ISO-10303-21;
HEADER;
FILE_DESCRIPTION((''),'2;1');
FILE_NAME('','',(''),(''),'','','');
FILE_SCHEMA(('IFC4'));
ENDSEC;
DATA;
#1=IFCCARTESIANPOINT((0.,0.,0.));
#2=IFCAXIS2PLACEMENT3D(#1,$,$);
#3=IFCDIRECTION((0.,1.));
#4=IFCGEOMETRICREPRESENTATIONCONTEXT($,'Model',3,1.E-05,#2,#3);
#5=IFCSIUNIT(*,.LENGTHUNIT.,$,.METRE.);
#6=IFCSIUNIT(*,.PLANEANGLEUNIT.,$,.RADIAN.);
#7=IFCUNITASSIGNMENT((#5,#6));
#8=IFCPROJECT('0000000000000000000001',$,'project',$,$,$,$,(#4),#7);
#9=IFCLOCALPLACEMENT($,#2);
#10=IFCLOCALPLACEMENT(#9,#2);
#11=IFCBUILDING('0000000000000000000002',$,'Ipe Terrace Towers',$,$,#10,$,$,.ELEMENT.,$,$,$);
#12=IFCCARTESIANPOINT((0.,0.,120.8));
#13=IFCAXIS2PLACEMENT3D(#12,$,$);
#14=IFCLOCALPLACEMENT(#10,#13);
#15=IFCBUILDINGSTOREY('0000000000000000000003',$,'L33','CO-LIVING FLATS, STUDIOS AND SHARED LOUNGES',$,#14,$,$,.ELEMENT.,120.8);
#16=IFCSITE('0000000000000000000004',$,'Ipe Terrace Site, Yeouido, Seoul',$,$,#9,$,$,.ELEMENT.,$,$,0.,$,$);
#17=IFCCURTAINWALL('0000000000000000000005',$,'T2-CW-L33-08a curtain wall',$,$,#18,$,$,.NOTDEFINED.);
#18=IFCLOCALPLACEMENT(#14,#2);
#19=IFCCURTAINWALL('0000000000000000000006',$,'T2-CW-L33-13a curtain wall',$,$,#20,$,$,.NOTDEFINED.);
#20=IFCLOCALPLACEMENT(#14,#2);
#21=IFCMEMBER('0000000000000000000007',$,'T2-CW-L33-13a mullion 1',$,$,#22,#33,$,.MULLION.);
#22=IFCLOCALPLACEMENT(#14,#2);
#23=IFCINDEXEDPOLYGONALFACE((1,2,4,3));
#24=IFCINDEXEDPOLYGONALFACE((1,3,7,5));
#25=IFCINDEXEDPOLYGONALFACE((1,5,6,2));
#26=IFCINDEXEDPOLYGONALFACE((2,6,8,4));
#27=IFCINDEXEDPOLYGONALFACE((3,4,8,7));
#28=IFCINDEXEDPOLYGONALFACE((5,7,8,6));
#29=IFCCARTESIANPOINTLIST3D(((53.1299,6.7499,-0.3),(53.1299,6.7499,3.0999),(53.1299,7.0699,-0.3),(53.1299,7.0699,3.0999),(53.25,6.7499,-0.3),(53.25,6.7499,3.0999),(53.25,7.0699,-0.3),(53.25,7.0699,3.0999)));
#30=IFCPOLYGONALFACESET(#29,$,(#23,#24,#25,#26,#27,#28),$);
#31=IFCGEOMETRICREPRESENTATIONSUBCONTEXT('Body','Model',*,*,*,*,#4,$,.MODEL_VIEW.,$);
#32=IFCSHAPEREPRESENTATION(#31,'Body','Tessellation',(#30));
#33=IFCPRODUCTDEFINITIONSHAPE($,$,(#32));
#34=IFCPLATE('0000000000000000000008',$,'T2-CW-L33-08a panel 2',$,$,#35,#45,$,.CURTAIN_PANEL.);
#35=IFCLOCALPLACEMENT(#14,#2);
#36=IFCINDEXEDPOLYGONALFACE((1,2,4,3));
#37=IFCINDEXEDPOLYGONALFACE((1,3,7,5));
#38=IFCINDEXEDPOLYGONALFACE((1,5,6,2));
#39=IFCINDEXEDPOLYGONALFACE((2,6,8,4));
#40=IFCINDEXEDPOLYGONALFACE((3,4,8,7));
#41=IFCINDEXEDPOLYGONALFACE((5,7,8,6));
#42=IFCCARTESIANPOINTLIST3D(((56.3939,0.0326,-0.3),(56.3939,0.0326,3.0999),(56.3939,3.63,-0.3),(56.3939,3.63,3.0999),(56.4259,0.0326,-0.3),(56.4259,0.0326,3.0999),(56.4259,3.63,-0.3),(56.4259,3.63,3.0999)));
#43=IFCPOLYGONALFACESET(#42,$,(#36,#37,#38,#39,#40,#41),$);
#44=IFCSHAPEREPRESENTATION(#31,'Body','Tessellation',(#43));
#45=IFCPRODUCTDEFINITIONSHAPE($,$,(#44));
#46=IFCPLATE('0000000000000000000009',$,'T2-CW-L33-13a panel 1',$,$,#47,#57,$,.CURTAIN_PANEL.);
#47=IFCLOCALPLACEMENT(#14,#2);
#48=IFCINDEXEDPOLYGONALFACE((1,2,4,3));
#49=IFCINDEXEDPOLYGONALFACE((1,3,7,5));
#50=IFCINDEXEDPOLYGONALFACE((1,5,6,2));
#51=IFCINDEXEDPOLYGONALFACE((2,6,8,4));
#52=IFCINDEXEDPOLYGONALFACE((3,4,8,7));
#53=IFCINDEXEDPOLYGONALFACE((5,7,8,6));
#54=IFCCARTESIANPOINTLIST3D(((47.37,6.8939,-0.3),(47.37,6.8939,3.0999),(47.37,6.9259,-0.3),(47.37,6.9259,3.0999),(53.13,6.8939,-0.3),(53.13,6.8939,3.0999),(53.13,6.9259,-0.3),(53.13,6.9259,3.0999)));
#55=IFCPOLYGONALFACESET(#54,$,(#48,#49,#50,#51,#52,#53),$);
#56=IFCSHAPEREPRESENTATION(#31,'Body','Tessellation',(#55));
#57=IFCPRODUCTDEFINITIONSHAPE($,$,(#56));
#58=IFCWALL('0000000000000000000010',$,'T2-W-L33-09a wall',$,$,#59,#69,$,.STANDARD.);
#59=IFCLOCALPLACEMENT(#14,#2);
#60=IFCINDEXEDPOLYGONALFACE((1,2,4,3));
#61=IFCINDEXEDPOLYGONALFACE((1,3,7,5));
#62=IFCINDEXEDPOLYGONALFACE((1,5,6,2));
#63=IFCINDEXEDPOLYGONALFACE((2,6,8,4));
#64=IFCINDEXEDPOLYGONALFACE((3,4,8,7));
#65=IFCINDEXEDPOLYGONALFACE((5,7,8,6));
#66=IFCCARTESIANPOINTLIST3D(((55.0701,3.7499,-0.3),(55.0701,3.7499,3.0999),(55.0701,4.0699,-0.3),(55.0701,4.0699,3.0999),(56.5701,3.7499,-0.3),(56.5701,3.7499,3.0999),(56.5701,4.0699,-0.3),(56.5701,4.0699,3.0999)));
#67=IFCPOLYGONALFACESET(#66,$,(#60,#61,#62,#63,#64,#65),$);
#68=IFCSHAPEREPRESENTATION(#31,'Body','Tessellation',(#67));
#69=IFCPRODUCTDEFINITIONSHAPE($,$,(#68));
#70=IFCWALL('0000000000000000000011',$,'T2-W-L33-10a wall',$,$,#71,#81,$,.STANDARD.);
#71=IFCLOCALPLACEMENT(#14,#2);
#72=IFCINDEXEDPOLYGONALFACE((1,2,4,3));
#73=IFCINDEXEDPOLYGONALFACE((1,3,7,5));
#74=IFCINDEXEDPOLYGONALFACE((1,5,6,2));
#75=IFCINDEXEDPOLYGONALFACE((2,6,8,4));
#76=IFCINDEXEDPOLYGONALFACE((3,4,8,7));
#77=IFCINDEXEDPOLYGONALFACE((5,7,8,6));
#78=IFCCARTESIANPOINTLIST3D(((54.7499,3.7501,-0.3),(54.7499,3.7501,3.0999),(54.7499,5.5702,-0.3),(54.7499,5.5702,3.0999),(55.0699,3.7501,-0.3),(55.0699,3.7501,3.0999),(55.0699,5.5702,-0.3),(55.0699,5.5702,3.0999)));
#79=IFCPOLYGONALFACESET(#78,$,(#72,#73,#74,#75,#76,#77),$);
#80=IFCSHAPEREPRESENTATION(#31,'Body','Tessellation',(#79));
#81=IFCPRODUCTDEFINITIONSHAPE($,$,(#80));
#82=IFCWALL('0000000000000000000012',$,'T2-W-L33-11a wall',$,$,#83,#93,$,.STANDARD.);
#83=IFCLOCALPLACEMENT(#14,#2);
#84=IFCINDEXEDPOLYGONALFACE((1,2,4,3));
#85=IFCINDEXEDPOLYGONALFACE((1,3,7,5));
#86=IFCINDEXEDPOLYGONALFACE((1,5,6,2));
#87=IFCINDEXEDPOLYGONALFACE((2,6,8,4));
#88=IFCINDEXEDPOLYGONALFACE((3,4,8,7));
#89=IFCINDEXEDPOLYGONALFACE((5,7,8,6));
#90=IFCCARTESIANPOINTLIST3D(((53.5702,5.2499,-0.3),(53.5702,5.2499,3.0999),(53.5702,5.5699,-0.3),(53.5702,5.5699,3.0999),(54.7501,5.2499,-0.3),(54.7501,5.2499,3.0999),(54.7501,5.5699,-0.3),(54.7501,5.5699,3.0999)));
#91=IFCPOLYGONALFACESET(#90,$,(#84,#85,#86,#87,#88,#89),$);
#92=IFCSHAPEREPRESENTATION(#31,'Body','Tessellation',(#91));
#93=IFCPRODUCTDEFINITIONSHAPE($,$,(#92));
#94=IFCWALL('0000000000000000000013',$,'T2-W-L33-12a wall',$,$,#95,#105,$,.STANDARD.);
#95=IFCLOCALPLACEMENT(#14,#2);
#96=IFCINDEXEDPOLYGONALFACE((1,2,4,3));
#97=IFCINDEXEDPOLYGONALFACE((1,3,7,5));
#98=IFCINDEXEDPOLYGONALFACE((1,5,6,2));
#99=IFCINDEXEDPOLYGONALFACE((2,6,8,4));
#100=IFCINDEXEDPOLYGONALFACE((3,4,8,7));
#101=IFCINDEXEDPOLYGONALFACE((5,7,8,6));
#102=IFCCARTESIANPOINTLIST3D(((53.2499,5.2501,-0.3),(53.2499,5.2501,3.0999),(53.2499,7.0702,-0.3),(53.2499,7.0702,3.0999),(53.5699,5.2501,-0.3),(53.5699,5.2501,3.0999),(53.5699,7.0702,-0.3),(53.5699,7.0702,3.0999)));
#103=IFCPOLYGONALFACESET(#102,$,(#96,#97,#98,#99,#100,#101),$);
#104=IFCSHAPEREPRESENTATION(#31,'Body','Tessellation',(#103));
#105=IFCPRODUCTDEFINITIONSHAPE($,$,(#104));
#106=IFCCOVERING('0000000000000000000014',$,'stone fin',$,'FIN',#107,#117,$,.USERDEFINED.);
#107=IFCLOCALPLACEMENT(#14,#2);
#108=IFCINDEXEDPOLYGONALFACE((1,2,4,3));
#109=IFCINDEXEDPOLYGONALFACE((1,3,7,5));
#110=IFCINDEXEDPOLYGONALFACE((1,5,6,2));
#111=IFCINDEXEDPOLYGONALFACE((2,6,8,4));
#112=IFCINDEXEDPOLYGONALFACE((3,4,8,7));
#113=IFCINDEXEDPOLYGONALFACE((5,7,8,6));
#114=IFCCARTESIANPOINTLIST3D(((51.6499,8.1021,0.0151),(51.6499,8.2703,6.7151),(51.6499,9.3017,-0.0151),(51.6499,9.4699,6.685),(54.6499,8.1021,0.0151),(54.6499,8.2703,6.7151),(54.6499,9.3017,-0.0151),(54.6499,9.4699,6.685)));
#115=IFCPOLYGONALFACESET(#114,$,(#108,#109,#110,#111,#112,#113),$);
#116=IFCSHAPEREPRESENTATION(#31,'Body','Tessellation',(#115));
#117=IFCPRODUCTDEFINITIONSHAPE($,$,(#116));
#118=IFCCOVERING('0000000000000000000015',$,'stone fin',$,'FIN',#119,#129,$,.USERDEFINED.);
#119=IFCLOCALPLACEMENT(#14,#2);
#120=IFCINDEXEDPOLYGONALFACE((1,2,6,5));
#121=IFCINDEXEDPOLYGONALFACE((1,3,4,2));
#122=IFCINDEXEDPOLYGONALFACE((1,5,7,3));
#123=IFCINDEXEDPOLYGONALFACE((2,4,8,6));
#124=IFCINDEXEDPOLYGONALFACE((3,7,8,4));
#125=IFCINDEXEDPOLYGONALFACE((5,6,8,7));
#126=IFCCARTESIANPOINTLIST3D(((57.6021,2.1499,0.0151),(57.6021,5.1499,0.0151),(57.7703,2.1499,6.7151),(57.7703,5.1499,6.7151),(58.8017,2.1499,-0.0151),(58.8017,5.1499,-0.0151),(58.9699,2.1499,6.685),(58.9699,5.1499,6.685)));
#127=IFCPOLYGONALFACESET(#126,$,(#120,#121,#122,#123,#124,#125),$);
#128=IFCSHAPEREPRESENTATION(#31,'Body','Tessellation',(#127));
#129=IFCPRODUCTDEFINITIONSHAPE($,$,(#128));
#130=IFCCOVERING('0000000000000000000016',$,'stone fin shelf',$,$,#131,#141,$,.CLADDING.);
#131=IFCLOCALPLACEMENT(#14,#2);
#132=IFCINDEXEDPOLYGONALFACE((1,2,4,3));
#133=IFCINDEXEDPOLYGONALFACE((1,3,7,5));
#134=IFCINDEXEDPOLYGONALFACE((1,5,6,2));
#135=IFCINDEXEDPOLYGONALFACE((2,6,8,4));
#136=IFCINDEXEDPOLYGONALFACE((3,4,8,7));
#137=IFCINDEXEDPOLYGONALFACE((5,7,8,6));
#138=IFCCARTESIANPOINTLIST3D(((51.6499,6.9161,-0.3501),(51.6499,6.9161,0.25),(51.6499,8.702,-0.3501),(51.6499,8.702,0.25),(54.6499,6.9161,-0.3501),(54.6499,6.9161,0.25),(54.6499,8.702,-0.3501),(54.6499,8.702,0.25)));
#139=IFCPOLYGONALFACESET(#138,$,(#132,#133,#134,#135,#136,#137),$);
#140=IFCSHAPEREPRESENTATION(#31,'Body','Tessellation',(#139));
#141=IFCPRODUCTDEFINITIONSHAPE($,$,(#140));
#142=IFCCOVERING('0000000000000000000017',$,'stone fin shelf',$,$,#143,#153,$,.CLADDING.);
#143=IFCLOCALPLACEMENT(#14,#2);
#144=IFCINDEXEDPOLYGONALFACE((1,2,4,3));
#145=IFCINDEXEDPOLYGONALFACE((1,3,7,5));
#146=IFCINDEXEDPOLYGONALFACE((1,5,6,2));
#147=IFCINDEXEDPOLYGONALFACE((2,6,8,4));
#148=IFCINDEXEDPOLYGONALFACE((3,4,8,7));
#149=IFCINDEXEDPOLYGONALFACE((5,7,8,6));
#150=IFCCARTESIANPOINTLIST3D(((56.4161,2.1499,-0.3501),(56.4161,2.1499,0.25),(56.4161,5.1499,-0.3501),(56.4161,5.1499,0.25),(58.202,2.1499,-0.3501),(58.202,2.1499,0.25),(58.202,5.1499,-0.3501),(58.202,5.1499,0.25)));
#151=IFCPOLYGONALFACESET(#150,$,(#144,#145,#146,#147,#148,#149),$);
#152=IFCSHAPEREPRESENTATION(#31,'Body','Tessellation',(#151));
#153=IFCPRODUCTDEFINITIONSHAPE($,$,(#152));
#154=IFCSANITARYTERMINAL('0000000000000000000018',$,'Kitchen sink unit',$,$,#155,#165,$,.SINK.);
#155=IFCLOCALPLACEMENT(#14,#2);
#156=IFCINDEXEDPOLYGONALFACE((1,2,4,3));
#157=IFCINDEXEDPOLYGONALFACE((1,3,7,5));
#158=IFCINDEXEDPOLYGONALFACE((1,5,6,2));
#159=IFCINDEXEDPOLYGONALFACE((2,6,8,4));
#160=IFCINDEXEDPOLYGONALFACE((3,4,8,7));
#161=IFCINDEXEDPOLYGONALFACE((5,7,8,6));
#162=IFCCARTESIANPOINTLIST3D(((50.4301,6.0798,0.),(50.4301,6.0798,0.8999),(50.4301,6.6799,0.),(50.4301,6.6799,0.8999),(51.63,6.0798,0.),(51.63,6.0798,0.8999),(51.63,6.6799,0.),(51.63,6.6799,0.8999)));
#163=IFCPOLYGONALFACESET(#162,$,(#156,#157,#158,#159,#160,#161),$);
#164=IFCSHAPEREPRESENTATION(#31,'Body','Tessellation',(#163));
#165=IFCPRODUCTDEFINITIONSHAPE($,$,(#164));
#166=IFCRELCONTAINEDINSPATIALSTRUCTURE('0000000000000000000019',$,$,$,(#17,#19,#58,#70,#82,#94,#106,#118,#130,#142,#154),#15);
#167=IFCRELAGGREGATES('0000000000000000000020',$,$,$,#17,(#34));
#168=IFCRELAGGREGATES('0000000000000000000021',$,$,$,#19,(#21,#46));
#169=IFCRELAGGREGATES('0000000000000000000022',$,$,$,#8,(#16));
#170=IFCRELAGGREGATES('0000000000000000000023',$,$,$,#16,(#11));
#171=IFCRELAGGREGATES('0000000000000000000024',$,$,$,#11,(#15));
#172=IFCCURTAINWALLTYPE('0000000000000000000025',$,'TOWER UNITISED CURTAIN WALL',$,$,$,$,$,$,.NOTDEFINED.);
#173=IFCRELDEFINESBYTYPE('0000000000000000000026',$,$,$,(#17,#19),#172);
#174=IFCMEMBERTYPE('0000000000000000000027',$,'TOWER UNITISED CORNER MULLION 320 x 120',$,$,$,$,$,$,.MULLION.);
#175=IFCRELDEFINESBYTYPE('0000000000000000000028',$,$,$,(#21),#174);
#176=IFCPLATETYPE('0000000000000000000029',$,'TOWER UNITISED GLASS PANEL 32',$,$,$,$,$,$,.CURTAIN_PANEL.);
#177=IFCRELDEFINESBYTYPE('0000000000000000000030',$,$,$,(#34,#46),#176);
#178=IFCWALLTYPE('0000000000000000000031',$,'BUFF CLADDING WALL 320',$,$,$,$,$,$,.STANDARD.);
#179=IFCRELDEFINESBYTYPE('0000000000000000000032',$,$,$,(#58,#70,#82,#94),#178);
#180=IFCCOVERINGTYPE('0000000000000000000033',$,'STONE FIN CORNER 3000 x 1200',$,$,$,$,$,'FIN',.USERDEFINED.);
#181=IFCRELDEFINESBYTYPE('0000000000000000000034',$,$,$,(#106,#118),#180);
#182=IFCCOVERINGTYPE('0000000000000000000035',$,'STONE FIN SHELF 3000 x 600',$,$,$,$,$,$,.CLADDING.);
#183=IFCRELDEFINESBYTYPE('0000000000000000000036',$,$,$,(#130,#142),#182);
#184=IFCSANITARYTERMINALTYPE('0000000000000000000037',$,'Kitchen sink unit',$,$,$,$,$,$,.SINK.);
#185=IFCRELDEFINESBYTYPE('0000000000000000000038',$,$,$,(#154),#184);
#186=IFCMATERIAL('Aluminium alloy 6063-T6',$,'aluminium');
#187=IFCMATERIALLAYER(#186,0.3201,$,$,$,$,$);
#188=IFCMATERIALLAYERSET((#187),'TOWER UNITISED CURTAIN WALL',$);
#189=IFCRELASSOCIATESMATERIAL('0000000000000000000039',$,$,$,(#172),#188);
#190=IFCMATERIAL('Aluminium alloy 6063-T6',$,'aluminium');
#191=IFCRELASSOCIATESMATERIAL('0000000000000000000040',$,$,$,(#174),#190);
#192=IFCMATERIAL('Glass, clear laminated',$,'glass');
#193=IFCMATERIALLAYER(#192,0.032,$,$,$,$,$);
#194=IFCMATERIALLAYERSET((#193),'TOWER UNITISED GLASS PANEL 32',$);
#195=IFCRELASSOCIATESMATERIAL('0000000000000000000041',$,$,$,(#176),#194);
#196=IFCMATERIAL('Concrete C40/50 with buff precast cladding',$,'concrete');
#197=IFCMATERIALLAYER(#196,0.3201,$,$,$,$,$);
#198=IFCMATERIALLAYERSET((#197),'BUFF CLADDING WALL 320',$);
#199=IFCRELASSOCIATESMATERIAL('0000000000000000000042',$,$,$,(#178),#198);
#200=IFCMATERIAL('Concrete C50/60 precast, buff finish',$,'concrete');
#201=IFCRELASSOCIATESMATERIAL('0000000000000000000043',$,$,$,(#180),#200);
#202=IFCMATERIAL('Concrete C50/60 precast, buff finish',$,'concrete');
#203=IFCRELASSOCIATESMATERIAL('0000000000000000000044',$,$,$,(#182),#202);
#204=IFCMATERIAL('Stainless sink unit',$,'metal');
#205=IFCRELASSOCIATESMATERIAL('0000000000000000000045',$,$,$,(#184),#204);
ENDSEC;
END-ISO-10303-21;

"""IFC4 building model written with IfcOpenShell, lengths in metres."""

from ifc_helpers import new_model, si_unit, direction, frame, frame_2d, origin, origin_2d, place, context, subcontext, project, spatial, rectangle, extrude, material, layer, layer_set, material_profile, profile_set, type_object, element, aggregate, save


model = new_model("IFC4")

# Units and contexts
model_context = context("Model", 3, precision=1e-05, world=origin(), true_north=direction((0.0, 1.0)))
body_context = subcontext(model_context, "Body", "Model", "MODEL_VIEW")
ifc_project = project(units=[si_unit("LENGTHUNIT", "METRE"), si_unit("PLANEANGLEUNIT", "RADIAN")], contexts=[model_context])

# Site, building, storey
site_placement = place(None, origin())
site = spatial("IfcSite", under=ifc_project, at=site_placement, Name="Ipe Terrace Site, Yeouido, Seoul", CompositionType="ELEMENT", RefElevation=0.0)
building_placement = place(site_placement, origin())
building = spatial("IfcBuilding", under=site, at=building_placement, Name="Ipe Terrace Towers", CompositionType="ELEMENT")
storey_placement = place(building_placement, frame((0.0, 0.0, 120.8)))
storey = spatial("IfcBuildingStorey", under=building, at=storey_placement, Name="L33", Description="CO-LIVING FLATS, STUDIOS AND SHARED LOUNGES", CompositionType="ELEMENT", Elevation=120.8)

# Curtain walls, member
ifc_material_1 = material(Name="Aluminium alloy 6063-T6", Category="aluminium")
ifc_layer_1 = layer(ifc_material_1, 0.3201)
ifc_layer_set_1 = layer_set([ifc_layer_1], Name="TOWER UNITISED CURTAIN WALL")
curtain_wall_type = type_object("IfcCurtainWallType", Name="TOWER UNITISED CURTAIN WALL", PredefinedType="NOTDEFINED", material=ifc_layer_set_1)
curtain_wall_1_placement = place(storey_placement, origin())
curtain_wall_1 = element("IfcCurtainWall", 1, at=curtain_wall_1_placement, inside=storey, type_object=curtain_wall_type, Name="T2-CW-L33-08a curtain wall", PredefinedType="NOTDEFINED")
ifc_material_2 = material(Name="Aluminium alloy 6063-T6", Category="aluminium")
ifc_material_profile_1 = material_profile(ifc_material_2, rectangle(XDim=0.3201, YDim=0.1201, at=origin_2d()), Name="TOWER UNITISED CORNER MULLION 320 x 120")
ifc_profile_set_1 = profile_set([ifc_material_profile_1], Name="Aluminium alloy 6063-T6")
member_type = type_object("IfcMemberType", Name="TOWER UNITISED CORNER MULLION 320 x 120", PredefinedType="MULLION", material=ifc_profile_set_1)
curtain_wall_2_placement = place(storey_placement, origin())
curtain_wall_2 = element("IfcCurtainWall", 2, at=curtain_wall_2_placement, inside=storey, type_object=curtain_wall_type, Name="T2-CW-L33-13a curtain wall", PredefinedType="NOTDEFINED")
member_1_placement = place(storey_placement, frame((53.1899, 6.9099, -0.3), z_axis=(0.0, 0.0, 1.0), x_axis=(0.0, 1.0, 0.0)))
member_1 = element("IfcMember", 3, at=member_1_placement, type_object=member_type, Name="T2-CW-L33-13a mullion 1", PredefinedType="MULLION", context=body_context, shape_type="SweptSolid", body=[
    extrude(rectangle(XDim=0.3201, YDim=0.1201, at=origin_2d()), origin(), (0.0, 0.0, 1.0), 3.3999),
])

# Plates
ifc_material_3 = material(Name="Glass, clear laminated", Category="glass")
ifc_layer_2 = layer(ifc_material_3, 0.032)
ifc_layer_set_2 = layer_set([ifc_layer_2], Name="TOWER UNITISED GLASS PANEL 32")
plate_type = type_object("IfcPlateType", Name="TOWER UNITISED GLASS PANEL 32", PredefinedType="CURTAIN_PANEL", material=ifc_layer_set_2)
plate_1_placement = place(storey_placement, frame((56.4099, 1.8313, -0.3), z_axis=(0.0, 0.0, 1.0), x_axis=(0.0, 1.0, 0.0)))
plate_1 = element("IfcPlate", 4, at=plate_1_placement, type_object=plate_type, Name="T2-CW-L33-08a panel 2", PredefinedType="CURTAIN_PANEL", context=body_context, shape_type="SweptSolid", body=[
    extrude(rectangle(XDim=3.5974, YDim=0.032, at=origin_2d()), origin(), (0.0, 0.0, 1.0), 3.3999),
])
aggregate(curtain_wall_1, [plate_1])
plate_2_placement = place(storey_placement, frame((50.25, 6.9099, -0.3), z_axis=(0.0, 0.0, 1.0), x_axis=(-1.0, 0.0, 0.0)))
plate_2 = element("IfcPlate", 5, at=plate_2_placement, type_object=plate_type, Name="T2-CW-L33-13a panel 1", PredefinedType="CURTAIN_PANEL", context=body_context, shape_type="SweptSolid", body=[
    extrude(rectangle(XDim=5.76, YDim=0.032, at=origin_2d()), origin(), (0.0, 0.0, 1.0), 3.3999),
])
aggregate(curtain_wall_2, [member_1, plate_2])

# Walls
ifc_material_4 = material(Name="Concrete C40/50 with buff precast cladding", Category="concrete")
ifc_layer_3 = layer(ifc_material_4, 0.3201)
ifc_layer_set_3 = layer_set([ifc_layer_3], Name="BUFF CLADDING WALL 320")
wall_type = type_object("IfcWallType", Name="BUFF CLADDING WALL 320", PredefinedType="STANDARD", material=ifc_layer_set_3)
wall_1_placement = place(storey_placement, frame((56.5701, 3.9099, -0.3), z_axis=(0.0, 0.0, 1.0), x_axis=(-1.0, 0.0, 0.0)))
element("IfcWall", 6, at=wall_1_placement, inside=storey, type_object=wall_type, Name="T2-W-L33-09a wall", PredefinedType="STANDARD", context=body_context, shape_type="SweptSolid", body=[
    extrude(rectangle(XDim=1.5, YDim=0.3201, at=frame_2d((0.75, 0.0))), origin(), (0.0, 0.0, 1.0), 3.3999),
])
wall_2_placement = place(storey_placement, frame((54.9099, 3.75, -0.3), z_axis=(0.0, 0.0, 1.0), x_axis=(0.0, 1.0, 0.0)))
element("IfcWall", 7, at=wall_2_placement, inside=storey, type_object=wall_type, Name="T2-W-L33-10a wall", PredefinedType="STANDARD", context=body_context, shape_type="SweptSolid", body=[
    extrude(rectangle(XDim=1.8201, YDim=0.3201, at=frame_2d((0.9102, 0.0))), origin(), (0.0, 0.0, 1.0), 3.3999),
])
wall_3_placement = place(storey_placement, frame((54.75, 5.4099, -0.3), z_axis=(0.0, 0.0, 1.0), x_axis=(-1.0, 0.0, 0.0)))
element("IfcWall", 8, at=wall_3_placement, inside=storey, type_object=wall_type, Name="T2-W-L33-11a wall", PredefinedType="STANDARD", context=body_context, shape_type="SweptSolid", body=[
    extrude(rectangle(XDim=1.1799, YDim=0.3201, at=frame_2d((0.5898, 0.0))), origin(), (0.0, 0.0, 1.0), 3.3999),
])
wall_4_placement = place(storey_placement, frame((53.4099, 5.25, -0.3), z_axis=(0.0, 0.0, 1.0), x_axis=(0.0, 1.0, 0.0)))
element("IfcWall", 9, at=wall_4_placement, inside=storey, type_object=wall_type, Name="T2-W-L33-12a wall", PredefinedType="STANDARD", context=body_context, shape_type="SweptSolid", body=[
    extrude(rectangle(XDim=1.8201, YDim=0.3201, at=frame_2d((0.9102, 0.0))), origin(), (0.0, 0.0, 1.0), 3.3999),
])

# Coverings
ifc_material_5 = material(Name="Concrete C50/60 precast, buff finish", Category="concrete")
ifc_material_profile_2 = material_profile(ifc_material_5, rectangle(XDim=3.0, YDim=1.2, at=origin_2d()), Name="STONE FIN CORNER 3000 x 1200")
ifc_profile_set_2 = profile_set([ifc_material_profile_2], Name="Concrete C50/60 precast, buff finish")
covering_type_1 = type_object("IfcCoveringType", Name="STONE FIN CORNER 3000 x 1200", ElementType="FIN", PredefinedType="USERDEFINED", material=ifc_profile_set_2)
for number, where, z_axis, x_axis, name in (
    (10, (53.1499, 8.7019, 0.0), (0.0, 0.025099, 0.999685), (-1.0, 0.0, 0.0), "stone fin"),
    (11, (58.2019, 3.6499, 0.0), (0.025099, 0.0, 0.999685), (0.0, 1.0, 0.0), "stone fin"),
):
    element("IfcCovering", number, at=place(storey_placement, frame(where, z_axis=z_axis, x_axis=x_axis)), inside=storey, type_object=covering_type_1, Name=name, ObjectType="FIN", PredefinedType="USERDEFINED", context=body_context, shape_type="SweptSolid", body=[
        extrude(rectangle(XDim=3.0, YDim=1.2, at=origin_2d()), origin(), (0.0, 0.0, 1.0), 6.7021),
    ])
ifc_material_6 = material(Name="Concrete C50/60 precast, buff finish", Category="concrete")
covering_type_2 = type_object("IfcCoveringType", Name="STONE FIN SHELF 3000 x 600", PredefinedType="CLADDING", material=ifc_material_6)
for number, where, z_axis, x_axis, name in (
    (12, (53.1499, 7.8091, -0.3501), (0.0, 0.0, 1.0), (-1.0, 0.0, 0.0), "stone fin shelf"),
    (13, (57.3091, 3.6499, -0.3501), (0.0, 0.0, 1.0), (0.0, 1.0, 0.0), "stone fin shelf"),
):
    element("IfcCovering", number, at=place(storey_placement, frame(where, z_axis=z_axis, x_axis=x_axis)), inside=storey, type_object=covering_type_2, Name=name, PredefinedType="CLADDING", context=body_context, shape_type="SweptSolid", body=[
        extrude(rectangle(XDim=3.0, YDim=1.7859, at=origin_2d()), origin(), (0.0, 0.0, 1.0), 0.6001),
    ])

# Sanitary terminal
ifc_material_7 = material(Name="Stainless sink unit", Category="metal")
sanitary_terminal_type = type_object("IfcSanitaryTerminalType", Name="Kitchen sink unit", PredefinedType="SINK", material=ifc_material_7)
sanitary_terminal_placement = place(storey_placement, frame((51.03, 6.3799, 0.0), z_axis=(0.0, 0.0, 1.0), x_axis=(1.0, 0.0, 0.0)))
element("IfcSanitaryTerminal", 14, at=sanitary_terminal_placement, inside=storey, type_object=sanitary_terminal_type, Name="Kitchen sink unit", PredefinedType="SINK", context=body_context, shape_type="SweptSolid", body=[
    extrude(rectangle(XDim=1.2, YDim=0.6001, at=origin_2d()), origin(), (0.0, 0.0, 1.0), 0.8999),
])

save(model, "model.ifc")
